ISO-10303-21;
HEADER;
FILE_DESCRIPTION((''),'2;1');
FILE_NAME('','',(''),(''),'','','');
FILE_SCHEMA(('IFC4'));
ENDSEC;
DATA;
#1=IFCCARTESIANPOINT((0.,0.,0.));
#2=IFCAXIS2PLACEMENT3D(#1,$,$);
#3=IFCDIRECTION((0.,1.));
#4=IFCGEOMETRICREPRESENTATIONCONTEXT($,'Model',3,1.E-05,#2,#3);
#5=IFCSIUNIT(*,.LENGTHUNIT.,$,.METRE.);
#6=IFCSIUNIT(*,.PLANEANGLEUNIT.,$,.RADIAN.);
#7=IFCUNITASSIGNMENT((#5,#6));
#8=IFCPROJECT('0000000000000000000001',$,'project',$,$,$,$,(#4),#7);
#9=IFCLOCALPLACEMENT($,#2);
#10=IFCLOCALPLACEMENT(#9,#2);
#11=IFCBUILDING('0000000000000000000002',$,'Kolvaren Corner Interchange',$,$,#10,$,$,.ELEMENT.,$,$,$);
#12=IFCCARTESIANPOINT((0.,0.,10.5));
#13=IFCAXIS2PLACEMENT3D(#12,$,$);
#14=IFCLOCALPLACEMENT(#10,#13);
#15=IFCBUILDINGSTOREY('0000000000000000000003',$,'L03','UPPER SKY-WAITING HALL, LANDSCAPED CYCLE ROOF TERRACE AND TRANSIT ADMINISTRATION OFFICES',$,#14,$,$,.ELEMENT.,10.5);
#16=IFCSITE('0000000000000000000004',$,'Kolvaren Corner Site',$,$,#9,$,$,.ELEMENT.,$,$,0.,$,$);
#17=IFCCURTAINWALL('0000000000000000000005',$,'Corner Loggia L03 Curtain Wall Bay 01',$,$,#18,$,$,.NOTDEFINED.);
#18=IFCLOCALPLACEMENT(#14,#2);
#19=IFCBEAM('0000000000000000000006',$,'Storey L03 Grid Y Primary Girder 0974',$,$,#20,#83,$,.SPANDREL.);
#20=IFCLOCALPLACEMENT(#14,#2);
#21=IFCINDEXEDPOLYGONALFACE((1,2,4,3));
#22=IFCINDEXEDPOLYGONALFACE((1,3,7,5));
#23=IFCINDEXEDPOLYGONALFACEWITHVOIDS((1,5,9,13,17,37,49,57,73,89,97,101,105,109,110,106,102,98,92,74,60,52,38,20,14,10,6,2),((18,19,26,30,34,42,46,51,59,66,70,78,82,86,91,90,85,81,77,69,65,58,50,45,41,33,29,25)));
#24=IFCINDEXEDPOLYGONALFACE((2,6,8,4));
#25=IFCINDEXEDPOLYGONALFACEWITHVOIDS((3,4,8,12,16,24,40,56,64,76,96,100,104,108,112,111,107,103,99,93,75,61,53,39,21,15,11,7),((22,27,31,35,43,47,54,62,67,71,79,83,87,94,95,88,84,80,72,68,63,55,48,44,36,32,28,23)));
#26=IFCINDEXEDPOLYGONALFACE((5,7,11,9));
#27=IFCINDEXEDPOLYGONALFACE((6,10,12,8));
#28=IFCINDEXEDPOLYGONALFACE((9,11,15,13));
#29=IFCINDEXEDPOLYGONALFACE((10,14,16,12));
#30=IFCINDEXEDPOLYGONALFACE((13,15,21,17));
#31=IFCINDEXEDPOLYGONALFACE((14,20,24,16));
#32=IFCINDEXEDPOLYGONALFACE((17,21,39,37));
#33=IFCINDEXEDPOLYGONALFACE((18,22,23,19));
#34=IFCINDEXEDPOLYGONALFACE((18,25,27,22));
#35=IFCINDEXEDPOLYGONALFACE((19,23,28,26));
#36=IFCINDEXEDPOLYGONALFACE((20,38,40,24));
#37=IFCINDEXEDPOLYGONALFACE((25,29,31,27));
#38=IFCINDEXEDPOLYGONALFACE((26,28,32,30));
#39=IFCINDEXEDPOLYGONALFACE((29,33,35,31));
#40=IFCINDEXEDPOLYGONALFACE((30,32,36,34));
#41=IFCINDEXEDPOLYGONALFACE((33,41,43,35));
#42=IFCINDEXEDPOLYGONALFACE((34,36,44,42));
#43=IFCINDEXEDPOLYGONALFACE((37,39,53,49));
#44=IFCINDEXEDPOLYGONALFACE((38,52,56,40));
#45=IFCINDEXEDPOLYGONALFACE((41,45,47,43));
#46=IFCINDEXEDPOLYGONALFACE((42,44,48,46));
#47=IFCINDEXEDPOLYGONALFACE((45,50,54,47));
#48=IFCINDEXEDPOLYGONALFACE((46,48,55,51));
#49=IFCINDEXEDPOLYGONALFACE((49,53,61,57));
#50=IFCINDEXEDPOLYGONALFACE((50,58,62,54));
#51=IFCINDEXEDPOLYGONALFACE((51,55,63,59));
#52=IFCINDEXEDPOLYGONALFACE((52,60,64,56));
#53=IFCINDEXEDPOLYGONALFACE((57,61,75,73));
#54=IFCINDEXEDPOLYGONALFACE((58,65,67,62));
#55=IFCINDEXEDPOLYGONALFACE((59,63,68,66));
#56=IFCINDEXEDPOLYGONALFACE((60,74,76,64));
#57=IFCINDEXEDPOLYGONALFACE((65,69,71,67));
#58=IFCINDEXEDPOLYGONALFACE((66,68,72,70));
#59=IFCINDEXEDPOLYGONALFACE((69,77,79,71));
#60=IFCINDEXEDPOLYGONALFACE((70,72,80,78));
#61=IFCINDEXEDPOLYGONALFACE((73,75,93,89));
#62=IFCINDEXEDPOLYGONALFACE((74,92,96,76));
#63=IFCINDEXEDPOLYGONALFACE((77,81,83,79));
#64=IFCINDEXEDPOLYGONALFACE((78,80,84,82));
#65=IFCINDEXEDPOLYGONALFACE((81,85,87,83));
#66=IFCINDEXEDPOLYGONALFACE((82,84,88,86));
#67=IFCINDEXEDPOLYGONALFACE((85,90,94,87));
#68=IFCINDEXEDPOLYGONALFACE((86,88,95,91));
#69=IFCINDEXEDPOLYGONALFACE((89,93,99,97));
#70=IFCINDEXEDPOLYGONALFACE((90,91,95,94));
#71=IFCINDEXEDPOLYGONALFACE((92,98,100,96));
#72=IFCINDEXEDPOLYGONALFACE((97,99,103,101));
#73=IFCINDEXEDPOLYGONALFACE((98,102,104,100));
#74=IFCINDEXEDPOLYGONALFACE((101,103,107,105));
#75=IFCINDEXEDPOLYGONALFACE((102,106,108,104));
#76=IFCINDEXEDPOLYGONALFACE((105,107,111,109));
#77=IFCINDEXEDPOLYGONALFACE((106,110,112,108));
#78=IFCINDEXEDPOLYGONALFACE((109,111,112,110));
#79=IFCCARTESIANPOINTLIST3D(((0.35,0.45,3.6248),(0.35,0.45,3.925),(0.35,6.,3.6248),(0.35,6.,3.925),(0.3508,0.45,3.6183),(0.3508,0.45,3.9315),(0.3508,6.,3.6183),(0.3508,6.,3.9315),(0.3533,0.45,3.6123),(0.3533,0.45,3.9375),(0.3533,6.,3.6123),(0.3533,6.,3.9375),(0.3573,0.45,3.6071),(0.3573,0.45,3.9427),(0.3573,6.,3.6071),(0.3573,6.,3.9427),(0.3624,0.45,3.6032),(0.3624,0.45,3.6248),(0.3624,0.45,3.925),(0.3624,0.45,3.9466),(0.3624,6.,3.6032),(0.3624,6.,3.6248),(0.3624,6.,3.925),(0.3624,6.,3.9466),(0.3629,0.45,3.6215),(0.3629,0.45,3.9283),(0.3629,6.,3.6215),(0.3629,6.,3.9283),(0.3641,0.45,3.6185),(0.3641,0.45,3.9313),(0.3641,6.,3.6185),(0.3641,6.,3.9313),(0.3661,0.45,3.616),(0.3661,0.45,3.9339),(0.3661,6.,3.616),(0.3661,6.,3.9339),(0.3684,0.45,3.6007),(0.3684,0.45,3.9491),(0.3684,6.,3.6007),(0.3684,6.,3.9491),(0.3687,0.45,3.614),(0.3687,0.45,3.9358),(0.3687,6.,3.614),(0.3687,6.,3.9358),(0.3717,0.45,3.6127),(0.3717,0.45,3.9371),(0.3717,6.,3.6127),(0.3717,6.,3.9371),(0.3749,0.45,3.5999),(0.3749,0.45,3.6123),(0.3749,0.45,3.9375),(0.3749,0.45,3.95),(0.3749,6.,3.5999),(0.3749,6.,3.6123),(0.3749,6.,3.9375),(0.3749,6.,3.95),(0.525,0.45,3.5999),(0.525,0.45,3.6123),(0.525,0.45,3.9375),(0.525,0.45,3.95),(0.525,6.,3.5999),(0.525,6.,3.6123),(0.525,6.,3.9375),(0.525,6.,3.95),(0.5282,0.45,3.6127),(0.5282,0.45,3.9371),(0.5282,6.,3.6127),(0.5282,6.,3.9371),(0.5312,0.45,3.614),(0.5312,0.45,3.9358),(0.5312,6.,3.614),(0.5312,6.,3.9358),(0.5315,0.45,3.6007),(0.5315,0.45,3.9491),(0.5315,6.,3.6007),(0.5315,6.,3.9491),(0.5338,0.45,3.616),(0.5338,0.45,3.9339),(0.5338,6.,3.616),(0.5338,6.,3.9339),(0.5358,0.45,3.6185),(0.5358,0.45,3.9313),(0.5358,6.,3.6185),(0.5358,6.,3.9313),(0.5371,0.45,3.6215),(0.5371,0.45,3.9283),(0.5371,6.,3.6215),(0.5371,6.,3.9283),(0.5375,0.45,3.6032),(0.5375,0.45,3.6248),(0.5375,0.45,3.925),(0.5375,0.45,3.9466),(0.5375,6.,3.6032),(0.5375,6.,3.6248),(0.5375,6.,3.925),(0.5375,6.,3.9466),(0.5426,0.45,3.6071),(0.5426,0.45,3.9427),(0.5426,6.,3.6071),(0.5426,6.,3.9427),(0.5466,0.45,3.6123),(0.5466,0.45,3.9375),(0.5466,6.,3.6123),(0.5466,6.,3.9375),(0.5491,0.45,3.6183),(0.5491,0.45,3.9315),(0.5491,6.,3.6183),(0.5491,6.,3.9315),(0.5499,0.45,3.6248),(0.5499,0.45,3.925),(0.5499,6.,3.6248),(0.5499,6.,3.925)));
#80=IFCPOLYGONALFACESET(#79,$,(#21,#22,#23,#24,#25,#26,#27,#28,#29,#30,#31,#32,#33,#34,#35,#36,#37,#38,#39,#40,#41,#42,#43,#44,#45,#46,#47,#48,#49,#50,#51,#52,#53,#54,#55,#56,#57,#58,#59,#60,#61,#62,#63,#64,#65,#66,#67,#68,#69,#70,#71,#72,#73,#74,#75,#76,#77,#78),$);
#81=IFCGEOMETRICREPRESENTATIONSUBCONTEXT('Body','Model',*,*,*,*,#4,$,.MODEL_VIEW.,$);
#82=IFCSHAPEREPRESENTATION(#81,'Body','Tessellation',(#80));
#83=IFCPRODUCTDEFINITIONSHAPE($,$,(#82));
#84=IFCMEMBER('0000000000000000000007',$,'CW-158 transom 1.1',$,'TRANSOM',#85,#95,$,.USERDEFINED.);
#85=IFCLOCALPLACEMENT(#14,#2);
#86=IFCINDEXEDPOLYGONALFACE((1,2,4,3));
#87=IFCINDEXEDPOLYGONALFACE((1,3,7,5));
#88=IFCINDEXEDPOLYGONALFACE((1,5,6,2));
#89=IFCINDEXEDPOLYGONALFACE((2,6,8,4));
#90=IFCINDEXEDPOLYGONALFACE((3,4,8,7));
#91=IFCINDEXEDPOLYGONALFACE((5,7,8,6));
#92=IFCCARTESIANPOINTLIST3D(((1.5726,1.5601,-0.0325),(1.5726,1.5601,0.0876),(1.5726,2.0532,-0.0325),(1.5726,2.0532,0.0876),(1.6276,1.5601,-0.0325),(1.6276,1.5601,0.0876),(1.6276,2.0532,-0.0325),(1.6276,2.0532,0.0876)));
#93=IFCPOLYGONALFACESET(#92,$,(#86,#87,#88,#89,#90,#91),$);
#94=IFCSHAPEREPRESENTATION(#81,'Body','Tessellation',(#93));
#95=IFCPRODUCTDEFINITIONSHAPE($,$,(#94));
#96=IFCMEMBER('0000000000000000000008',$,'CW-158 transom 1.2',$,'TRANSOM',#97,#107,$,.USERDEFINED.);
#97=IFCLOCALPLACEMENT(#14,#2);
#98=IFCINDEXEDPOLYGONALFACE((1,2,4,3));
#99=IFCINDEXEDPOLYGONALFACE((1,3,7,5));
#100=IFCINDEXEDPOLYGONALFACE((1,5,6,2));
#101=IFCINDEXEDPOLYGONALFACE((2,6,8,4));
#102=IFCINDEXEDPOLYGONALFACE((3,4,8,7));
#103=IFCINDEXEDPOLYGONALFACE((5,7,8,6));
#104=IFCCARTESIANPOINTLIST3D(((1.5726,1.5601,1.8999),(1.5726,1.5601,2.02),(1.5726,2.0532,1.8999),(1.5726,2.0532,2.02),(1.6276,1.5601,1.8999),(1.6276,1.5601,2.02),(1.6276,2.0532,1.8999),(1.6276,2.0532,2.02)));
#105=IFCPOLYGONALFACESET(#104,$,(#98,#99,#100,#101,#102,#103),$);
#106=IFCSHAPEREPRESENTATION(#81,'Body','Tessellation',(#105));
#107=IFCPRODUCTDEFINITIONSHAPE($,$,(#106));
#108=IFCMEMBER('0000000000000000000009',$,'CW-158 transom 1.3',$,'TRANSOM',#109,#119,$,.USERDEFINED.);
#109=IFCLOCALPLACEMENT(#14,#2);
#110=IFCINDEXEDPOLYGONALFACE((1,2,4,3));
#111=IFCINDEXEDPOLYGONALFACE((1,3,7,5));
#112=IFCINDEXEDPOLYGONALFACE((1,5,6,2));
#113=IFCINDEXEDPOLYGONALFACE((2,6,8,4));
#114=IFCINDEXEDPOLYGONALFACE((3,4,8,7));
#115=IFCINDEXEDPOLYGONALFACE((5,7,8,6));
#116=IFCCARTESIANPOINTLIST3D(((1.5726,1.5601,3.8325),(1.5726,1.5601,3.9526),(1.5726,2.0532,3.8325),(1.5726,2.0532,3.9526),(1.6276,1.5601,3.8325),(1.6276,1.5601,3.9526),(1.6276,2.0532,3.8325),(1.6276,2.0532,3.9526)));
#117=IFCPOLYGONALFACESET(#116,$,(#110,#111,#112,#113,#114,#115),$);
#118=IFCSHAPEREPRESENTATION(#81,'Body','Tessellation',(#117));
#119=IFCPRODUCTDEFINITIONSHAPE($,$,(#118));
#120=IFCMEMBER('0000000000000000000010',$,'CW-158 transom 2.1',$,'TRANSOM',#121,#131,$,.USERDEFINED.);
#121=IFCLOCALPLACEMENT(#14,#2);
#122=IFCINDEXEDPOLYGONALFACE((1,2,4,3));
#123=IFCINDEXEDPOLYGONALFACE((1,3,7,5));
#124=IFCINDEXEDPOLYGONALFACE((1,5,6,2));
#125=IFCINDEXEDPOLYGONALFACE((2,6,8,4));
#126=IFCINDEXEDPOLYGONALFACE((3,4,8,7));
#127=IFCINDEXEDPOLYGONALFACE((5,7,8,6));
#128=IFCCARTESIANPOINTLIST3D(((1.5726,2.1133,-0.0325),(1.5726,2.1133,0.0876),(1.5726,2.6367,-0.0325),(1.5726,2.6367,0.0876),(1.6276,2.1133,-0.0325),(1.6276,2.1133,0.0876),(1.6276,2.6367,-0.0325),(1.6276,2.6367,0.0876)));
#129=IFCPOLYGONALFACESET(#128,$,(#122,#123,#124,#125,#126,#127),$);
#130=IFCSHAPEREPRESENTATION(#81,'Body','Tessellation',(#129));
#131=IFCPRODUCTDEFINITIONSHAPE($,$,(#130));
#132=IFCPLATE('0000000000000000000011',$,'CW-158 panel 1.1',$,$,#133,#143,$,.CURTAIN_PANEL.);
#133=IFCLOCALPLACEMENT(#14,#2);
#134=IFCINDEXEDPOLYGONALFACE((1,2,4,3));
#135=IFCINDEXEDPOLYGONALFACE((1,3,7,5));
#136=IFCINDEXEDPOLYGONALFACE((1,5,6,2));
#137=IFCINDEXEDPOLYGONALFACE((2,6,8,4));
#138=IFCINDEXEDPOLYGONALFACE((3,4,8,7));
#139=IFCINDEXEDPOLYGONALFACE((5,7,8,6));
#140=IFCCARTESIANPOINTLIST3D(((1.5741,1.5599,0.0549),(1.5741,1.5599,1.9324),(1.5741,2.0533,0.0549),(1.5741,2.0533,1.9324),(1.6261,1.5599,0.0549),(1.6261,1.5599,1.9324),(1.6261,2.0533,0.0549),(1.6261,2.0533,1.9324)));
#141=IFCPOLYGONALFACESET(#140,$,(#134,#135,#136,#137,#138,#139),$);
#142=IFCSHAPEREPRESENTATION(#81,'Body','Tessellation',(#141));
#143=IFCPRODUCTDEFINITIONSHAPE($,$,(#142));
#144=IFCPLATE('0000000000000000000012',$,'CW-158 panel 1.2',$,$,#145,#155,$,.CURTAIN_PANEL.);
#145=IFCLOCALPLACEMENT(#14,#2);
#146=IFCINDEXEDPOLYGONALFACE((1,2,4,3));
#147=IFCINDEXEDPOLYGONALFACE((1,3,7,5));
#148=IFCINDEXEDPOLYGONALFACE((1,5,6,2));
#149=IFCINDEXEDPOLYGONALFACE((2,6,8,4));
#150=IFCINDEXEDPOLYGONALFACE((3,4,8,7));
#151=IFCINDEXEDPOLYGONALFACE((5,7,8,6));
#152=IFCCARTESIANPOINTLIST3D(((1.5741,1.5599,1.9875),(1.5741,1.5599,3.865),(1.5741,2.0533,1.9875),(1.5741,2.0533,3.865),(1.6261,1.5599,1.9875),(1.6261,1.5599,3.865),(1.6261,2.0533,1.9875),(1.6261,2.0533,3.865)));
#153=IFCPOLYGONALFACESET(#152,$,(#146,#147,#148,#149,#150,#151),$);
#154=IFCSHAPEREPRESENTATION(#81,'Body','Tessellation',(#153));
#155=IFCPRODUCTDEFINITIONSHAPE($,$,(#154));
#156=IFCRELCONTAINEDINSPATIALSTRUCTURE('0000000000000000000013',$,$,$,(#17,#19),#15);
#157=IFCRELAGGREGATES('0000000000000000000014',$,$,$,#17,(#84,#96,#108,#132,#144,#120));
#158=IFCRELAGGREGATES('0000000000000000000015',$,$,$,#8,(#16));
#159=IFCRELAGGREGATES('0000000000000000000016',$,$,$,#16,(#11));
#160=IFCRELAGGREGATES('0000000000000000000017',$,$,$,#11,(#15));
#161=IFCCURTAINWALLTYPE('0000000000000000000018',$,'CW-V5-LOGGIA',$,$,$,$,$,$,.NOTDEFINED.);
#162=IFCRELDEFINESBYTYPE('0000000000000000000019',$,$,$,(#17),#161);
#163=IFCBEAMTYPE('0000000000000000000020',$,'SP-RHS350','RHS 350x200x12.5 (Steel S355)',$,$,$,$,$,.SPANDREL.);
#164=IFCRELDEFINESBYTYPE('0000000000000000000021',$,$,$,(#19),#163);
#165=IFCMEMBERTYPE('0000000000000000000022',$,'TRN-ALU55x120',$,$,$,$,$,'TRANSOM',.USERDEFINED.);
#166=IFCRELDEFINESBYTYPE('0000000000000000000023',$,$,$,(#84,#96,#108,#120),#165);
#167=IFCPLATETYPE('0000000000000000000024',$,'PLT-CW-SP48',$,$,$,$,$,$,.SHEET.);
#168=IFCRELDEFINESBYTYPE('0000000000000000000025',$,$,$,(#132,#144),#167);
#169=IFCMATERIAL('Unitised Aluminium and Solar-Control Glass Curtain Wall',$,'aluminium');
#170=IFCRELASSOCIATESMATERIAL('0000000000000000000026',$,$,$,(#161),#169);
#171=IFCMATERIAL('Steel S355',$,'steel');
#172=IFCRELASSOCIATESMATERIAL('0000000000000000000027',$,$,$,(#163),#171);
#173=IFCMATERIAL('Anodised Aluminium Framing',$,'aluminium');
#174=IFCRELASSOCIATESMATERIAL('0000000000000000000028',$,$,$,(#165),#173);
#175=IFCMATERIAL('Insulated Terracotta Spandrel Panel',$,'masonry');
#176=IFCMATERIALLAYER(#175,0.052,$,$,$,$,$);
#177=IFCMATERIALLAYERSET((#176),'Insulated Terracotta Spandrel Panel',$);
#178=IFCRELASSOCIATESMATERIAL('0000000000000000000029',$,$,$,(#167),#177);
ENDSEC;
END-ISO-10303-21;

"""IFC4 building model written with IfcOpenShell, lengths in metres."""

from ifc_helpers import new_model, si_unit, direction, frame, origin, origin_2d, place, context, subcontext, project, spatial, rectangle, hollow_rectangle, extrude, material, layer, layer_set, material_profile, profile_set, type_object, element, aggregate, save


model = new_model("IFC4")

# Units and contexts
model_context = context("Model", 3, precision=1e-05, world=origin(), true_north=direction((0.0, 1.0)))
body_context = subcontext(model_context, "Body", "Model", "MODEL_VIEW")
ifc_project = project(units=[si_unit("LENGTHUNIT", "METRE"), si_unit("PLANEANGLEUNIT", "RADIAN")], contexts=[model_context])

# Site, building, storey
site_placement = place(None, origin())
site = spatial("IfcSite", under=ifc_project, at=site_placement, Name="Kolvaren Corner Site", CompositionType="ELEMENT", RefElevation=0.0)
building_placement = place(site_placement, origin())
building = spatial("IfcBuilding", under=site, at=building_placement, Name="Kolvaren Corner Interchange", CompositionType="ELEMENT")
storey_placement = place(building_placement, frame((0.0, 0.0, 10.5)))
storey = spatial("IfcBuildingStorey", under=building, at=storey_placement, Name="L03", Description="UPPER SKY-WAITING HALL, LANDSCAPED CYCLE ROOF TERRACE AND TRANSIT ADMINISTRATION OFFICES", CompositionType="ELEMENT", Elevation=10.5)

# Curtain wall
ifc_material_1 = material(Name="Unitised Aluminium and Solar-Control Glass Curtain Wall", Category="aluminium")
curtain_wall_type = type_object("IfcCurtainWallType", Name="CW-V5-LOGGIA", PredefinedType="NOTDEFINED", material=ifc_material_1)
curtain_wall_placement = place(storey_placement, origin())
curtain_wall = element("IfcCurtainWall", 1, at=curtain_wall_placement, inside=storey, type_object=curtain_wall_type, Name="Corner Loggia L03 Curtain Wall Bay 01", PredefinedType="NOTDEFINED")

# Beam
ifc_material_2 = material(Name="Steel S355", Category="steel")
ifc_material_profile_1 = material_profile(ifc_material_2, hollow_rectangle(XDim=0.2, YDim=0.3501, WallThickness=0.0125, InnerFilletRadius=0.0125, OuterFilletRadius=0.0249, at=origin_2d()), Name="RHS 350x200x12.5")
ifc_profile_set_1 = profile_set([ifc_material_profile_1], Name="Steel S355")
beam_type_1 = type_object("IfcBeamType", Name="SP-RHS350", Description="RHS 350x200x12.5 (Steel S355)", PredefinedType="SPANDREL", material=ifc_profile_set_1)
beam_1_placement = place(storey_placement, frame((0.45, 0.45, 3.7749), z_axis=(0.0, 1.0, 0.0), x_axis=(-1.0, 0.0, 0.0)))
element("IfcBeam", 2, at=beam_1_placement, inside=storey, type_object=beam_type_1, Name="Storey L03 Grid Y Primary Girder 0974", PredefinedType="SPANDREL", context=body_context, shape_type="SweptSolid", body=[
    extrude(hollow_rectangle(XDim=0.2, YDim=0.3501, WallThickness=0.0125, InnerFilletRadius=0.0125, OuterFilletRadius=0.0249, at=origin_2d()), origin(), (0.0, 0.0, 1.0), 5.55),
])

# Members
ifc_material_3 = material(Name="Anodised Aluminium Framing", Category="aluminium")
ifc_material_profile_2 = material_profile(ifc_material_3, rectangle(XDim=0.0549, YDim=0.1201, at=origin_2d()), Name="ALU 55x120")
ifc_profile_set_2 = profile_set([ifc_material_profile_2], Name="Anodised Aluminium Framing")
member_type_1 = type_object("IfcMemberType", Name="TRN-ALU55x120", ElementType="TRANSOM", PredefinedType="USERDEFINED", material=ifc_profile_set_2)
member_1_placement = place(storey_placement, frame((1.6001, 1.5601, 0.0276), z_axis=(0.0, 1.0, 0.0), x_axis=(-1.0, 0.0, 0.0)))
member_1 = element("IfcMember", 3, at=member_1_placement, type_object=member_type_1, Name="CW-158 transom 1.1", ObjectType="TRANSOM", PredefinedType="USERDEFINED", context=body_context, shape_type="SweptSolid", body=[
    extrude(rectangle(XDim=0.0549, YDim=0.1201, at=origin_2d()), origin(), (0.0, 0.0, 1.0), 0.4932),
])
member_2_placement = place(storey_placement, frame((1.6001, 1.5601, 1.96), z_axis=(0.0, 1.0, 0.0), x_axis=(-1.0, 0.0, 0.0)))
member_2 = element("IfcMember", 4, at=member_2_placement, type_object=member_type_1, Name="CW-158 transom 1.2", ObjectType="TRANSOM", PredefinedType="USERDEFINED", context=body_context, shape_type="SweptSolid", body=[
    extrude(rectangle(XDim=0.0549, YDim=0.1201, at=origin_2d()), origin(), (0.0, 0.0, 1.0), 0.4932),
])
member_3_placement = place(storey_placement, frame((1.6001, 1.5601, 3.8926), z_axis=(0.0, 1.0, 0.0), x_axis=(-1.0, 0.0, 0.0)))
member_3 = element("IfcMember", 5, at=member_3_placement, type_object=member_type_1, Name="CW-158 transom 1.3", ObjectType="TRANSOM", PredefinedType="USERDEFINED", context=body_context, shape_type="SweptSolid", body=[
    extrude(rectangle(XDim=0.0549, YDim=0.1201, at=origin_2d()), origin(), (0.0, 0.0, 1.0), 0.4932),
])
member_4_placement = place(storey_placement, frame((1.6001, 2.1133, 0.0276), z_axis=(0.0, 1.0, 0.0), x_axis=(-1.0, 0.0, 0.0)))
member_4 = element("IfcMember", 6, at=member_4_placement, type_object=member_type_1, Name="CW-158 transom 2.1", ObjectType="TRANSOM", PredefinedType="USERDEFINED", context=body_context, shape_type="SweptSolid", body=[
    extrude(rectangle(XDim=0.0549, YDim=0.1201, at=origin_2d()), origin(), (0.0, 0.0, 1.0), 0.5234),
])

# Plates
ifc_material_4 = material(Name="Insulated Terracotta Spandrel Panel", Category="masonry")
ifc_layer_1 = layer(ifc_material_4, 0.052)
ifc_layer_set_1 = layer_set([ifc_layer_1], Name="Insulated Terracotta Spandrel Panel")
plate_type = type_object("IfcPlateType", Name="PLT-CW-SP48", PredefinedType="SHEET", material=ifc_layer_set_1)
plate_1_placement = place(storey_placement, frame((1.6001, 1.8066, 0.0549), z_axis=(0.0, 0.0, 1.0), x_axis=(0.0, 1.0, 0.0)))
plate_1 = element("IfcPlate", 7, at=plate_1_placement, type_object=plate_type, Name="CW-158 panel 1.1", PredefinedType="CURTAIN_PANEL", context=body_context, shape_type="SweptSolid", body=[
    extrude(rectangle(XDim=0.4934, YDim=0.052, at=origin_2d()), origin(), (0.0, 0.0, 1.0), 1.8774),
])
plate_2_placement = place(storey_placement, frame((1.6001, 1.8066, 1.9875), z_axis=(0.0, 0.0, 1.0), x_axis=(0.0, 1.0, 0.0)))
plate_2 = element("IfcPlate", 8, at=plate_2_placement, type_object=plate_type, Name="CW-158 panel 1.2", PredefinedType="CURTAIN_PANEL", context=body_context, shape_type="SweptSolid", body=[
    extrude(rectangle(XDim=0.4934, YDim=0.052, at=origin_2d()), origin(), (0.0, 0.0, 1.0), 1.8774),
])
aggregate(curtain_wall, [member_1, member_2, member_3, plate_1, plate_2, member_4])

save(model, "model.ifc")
